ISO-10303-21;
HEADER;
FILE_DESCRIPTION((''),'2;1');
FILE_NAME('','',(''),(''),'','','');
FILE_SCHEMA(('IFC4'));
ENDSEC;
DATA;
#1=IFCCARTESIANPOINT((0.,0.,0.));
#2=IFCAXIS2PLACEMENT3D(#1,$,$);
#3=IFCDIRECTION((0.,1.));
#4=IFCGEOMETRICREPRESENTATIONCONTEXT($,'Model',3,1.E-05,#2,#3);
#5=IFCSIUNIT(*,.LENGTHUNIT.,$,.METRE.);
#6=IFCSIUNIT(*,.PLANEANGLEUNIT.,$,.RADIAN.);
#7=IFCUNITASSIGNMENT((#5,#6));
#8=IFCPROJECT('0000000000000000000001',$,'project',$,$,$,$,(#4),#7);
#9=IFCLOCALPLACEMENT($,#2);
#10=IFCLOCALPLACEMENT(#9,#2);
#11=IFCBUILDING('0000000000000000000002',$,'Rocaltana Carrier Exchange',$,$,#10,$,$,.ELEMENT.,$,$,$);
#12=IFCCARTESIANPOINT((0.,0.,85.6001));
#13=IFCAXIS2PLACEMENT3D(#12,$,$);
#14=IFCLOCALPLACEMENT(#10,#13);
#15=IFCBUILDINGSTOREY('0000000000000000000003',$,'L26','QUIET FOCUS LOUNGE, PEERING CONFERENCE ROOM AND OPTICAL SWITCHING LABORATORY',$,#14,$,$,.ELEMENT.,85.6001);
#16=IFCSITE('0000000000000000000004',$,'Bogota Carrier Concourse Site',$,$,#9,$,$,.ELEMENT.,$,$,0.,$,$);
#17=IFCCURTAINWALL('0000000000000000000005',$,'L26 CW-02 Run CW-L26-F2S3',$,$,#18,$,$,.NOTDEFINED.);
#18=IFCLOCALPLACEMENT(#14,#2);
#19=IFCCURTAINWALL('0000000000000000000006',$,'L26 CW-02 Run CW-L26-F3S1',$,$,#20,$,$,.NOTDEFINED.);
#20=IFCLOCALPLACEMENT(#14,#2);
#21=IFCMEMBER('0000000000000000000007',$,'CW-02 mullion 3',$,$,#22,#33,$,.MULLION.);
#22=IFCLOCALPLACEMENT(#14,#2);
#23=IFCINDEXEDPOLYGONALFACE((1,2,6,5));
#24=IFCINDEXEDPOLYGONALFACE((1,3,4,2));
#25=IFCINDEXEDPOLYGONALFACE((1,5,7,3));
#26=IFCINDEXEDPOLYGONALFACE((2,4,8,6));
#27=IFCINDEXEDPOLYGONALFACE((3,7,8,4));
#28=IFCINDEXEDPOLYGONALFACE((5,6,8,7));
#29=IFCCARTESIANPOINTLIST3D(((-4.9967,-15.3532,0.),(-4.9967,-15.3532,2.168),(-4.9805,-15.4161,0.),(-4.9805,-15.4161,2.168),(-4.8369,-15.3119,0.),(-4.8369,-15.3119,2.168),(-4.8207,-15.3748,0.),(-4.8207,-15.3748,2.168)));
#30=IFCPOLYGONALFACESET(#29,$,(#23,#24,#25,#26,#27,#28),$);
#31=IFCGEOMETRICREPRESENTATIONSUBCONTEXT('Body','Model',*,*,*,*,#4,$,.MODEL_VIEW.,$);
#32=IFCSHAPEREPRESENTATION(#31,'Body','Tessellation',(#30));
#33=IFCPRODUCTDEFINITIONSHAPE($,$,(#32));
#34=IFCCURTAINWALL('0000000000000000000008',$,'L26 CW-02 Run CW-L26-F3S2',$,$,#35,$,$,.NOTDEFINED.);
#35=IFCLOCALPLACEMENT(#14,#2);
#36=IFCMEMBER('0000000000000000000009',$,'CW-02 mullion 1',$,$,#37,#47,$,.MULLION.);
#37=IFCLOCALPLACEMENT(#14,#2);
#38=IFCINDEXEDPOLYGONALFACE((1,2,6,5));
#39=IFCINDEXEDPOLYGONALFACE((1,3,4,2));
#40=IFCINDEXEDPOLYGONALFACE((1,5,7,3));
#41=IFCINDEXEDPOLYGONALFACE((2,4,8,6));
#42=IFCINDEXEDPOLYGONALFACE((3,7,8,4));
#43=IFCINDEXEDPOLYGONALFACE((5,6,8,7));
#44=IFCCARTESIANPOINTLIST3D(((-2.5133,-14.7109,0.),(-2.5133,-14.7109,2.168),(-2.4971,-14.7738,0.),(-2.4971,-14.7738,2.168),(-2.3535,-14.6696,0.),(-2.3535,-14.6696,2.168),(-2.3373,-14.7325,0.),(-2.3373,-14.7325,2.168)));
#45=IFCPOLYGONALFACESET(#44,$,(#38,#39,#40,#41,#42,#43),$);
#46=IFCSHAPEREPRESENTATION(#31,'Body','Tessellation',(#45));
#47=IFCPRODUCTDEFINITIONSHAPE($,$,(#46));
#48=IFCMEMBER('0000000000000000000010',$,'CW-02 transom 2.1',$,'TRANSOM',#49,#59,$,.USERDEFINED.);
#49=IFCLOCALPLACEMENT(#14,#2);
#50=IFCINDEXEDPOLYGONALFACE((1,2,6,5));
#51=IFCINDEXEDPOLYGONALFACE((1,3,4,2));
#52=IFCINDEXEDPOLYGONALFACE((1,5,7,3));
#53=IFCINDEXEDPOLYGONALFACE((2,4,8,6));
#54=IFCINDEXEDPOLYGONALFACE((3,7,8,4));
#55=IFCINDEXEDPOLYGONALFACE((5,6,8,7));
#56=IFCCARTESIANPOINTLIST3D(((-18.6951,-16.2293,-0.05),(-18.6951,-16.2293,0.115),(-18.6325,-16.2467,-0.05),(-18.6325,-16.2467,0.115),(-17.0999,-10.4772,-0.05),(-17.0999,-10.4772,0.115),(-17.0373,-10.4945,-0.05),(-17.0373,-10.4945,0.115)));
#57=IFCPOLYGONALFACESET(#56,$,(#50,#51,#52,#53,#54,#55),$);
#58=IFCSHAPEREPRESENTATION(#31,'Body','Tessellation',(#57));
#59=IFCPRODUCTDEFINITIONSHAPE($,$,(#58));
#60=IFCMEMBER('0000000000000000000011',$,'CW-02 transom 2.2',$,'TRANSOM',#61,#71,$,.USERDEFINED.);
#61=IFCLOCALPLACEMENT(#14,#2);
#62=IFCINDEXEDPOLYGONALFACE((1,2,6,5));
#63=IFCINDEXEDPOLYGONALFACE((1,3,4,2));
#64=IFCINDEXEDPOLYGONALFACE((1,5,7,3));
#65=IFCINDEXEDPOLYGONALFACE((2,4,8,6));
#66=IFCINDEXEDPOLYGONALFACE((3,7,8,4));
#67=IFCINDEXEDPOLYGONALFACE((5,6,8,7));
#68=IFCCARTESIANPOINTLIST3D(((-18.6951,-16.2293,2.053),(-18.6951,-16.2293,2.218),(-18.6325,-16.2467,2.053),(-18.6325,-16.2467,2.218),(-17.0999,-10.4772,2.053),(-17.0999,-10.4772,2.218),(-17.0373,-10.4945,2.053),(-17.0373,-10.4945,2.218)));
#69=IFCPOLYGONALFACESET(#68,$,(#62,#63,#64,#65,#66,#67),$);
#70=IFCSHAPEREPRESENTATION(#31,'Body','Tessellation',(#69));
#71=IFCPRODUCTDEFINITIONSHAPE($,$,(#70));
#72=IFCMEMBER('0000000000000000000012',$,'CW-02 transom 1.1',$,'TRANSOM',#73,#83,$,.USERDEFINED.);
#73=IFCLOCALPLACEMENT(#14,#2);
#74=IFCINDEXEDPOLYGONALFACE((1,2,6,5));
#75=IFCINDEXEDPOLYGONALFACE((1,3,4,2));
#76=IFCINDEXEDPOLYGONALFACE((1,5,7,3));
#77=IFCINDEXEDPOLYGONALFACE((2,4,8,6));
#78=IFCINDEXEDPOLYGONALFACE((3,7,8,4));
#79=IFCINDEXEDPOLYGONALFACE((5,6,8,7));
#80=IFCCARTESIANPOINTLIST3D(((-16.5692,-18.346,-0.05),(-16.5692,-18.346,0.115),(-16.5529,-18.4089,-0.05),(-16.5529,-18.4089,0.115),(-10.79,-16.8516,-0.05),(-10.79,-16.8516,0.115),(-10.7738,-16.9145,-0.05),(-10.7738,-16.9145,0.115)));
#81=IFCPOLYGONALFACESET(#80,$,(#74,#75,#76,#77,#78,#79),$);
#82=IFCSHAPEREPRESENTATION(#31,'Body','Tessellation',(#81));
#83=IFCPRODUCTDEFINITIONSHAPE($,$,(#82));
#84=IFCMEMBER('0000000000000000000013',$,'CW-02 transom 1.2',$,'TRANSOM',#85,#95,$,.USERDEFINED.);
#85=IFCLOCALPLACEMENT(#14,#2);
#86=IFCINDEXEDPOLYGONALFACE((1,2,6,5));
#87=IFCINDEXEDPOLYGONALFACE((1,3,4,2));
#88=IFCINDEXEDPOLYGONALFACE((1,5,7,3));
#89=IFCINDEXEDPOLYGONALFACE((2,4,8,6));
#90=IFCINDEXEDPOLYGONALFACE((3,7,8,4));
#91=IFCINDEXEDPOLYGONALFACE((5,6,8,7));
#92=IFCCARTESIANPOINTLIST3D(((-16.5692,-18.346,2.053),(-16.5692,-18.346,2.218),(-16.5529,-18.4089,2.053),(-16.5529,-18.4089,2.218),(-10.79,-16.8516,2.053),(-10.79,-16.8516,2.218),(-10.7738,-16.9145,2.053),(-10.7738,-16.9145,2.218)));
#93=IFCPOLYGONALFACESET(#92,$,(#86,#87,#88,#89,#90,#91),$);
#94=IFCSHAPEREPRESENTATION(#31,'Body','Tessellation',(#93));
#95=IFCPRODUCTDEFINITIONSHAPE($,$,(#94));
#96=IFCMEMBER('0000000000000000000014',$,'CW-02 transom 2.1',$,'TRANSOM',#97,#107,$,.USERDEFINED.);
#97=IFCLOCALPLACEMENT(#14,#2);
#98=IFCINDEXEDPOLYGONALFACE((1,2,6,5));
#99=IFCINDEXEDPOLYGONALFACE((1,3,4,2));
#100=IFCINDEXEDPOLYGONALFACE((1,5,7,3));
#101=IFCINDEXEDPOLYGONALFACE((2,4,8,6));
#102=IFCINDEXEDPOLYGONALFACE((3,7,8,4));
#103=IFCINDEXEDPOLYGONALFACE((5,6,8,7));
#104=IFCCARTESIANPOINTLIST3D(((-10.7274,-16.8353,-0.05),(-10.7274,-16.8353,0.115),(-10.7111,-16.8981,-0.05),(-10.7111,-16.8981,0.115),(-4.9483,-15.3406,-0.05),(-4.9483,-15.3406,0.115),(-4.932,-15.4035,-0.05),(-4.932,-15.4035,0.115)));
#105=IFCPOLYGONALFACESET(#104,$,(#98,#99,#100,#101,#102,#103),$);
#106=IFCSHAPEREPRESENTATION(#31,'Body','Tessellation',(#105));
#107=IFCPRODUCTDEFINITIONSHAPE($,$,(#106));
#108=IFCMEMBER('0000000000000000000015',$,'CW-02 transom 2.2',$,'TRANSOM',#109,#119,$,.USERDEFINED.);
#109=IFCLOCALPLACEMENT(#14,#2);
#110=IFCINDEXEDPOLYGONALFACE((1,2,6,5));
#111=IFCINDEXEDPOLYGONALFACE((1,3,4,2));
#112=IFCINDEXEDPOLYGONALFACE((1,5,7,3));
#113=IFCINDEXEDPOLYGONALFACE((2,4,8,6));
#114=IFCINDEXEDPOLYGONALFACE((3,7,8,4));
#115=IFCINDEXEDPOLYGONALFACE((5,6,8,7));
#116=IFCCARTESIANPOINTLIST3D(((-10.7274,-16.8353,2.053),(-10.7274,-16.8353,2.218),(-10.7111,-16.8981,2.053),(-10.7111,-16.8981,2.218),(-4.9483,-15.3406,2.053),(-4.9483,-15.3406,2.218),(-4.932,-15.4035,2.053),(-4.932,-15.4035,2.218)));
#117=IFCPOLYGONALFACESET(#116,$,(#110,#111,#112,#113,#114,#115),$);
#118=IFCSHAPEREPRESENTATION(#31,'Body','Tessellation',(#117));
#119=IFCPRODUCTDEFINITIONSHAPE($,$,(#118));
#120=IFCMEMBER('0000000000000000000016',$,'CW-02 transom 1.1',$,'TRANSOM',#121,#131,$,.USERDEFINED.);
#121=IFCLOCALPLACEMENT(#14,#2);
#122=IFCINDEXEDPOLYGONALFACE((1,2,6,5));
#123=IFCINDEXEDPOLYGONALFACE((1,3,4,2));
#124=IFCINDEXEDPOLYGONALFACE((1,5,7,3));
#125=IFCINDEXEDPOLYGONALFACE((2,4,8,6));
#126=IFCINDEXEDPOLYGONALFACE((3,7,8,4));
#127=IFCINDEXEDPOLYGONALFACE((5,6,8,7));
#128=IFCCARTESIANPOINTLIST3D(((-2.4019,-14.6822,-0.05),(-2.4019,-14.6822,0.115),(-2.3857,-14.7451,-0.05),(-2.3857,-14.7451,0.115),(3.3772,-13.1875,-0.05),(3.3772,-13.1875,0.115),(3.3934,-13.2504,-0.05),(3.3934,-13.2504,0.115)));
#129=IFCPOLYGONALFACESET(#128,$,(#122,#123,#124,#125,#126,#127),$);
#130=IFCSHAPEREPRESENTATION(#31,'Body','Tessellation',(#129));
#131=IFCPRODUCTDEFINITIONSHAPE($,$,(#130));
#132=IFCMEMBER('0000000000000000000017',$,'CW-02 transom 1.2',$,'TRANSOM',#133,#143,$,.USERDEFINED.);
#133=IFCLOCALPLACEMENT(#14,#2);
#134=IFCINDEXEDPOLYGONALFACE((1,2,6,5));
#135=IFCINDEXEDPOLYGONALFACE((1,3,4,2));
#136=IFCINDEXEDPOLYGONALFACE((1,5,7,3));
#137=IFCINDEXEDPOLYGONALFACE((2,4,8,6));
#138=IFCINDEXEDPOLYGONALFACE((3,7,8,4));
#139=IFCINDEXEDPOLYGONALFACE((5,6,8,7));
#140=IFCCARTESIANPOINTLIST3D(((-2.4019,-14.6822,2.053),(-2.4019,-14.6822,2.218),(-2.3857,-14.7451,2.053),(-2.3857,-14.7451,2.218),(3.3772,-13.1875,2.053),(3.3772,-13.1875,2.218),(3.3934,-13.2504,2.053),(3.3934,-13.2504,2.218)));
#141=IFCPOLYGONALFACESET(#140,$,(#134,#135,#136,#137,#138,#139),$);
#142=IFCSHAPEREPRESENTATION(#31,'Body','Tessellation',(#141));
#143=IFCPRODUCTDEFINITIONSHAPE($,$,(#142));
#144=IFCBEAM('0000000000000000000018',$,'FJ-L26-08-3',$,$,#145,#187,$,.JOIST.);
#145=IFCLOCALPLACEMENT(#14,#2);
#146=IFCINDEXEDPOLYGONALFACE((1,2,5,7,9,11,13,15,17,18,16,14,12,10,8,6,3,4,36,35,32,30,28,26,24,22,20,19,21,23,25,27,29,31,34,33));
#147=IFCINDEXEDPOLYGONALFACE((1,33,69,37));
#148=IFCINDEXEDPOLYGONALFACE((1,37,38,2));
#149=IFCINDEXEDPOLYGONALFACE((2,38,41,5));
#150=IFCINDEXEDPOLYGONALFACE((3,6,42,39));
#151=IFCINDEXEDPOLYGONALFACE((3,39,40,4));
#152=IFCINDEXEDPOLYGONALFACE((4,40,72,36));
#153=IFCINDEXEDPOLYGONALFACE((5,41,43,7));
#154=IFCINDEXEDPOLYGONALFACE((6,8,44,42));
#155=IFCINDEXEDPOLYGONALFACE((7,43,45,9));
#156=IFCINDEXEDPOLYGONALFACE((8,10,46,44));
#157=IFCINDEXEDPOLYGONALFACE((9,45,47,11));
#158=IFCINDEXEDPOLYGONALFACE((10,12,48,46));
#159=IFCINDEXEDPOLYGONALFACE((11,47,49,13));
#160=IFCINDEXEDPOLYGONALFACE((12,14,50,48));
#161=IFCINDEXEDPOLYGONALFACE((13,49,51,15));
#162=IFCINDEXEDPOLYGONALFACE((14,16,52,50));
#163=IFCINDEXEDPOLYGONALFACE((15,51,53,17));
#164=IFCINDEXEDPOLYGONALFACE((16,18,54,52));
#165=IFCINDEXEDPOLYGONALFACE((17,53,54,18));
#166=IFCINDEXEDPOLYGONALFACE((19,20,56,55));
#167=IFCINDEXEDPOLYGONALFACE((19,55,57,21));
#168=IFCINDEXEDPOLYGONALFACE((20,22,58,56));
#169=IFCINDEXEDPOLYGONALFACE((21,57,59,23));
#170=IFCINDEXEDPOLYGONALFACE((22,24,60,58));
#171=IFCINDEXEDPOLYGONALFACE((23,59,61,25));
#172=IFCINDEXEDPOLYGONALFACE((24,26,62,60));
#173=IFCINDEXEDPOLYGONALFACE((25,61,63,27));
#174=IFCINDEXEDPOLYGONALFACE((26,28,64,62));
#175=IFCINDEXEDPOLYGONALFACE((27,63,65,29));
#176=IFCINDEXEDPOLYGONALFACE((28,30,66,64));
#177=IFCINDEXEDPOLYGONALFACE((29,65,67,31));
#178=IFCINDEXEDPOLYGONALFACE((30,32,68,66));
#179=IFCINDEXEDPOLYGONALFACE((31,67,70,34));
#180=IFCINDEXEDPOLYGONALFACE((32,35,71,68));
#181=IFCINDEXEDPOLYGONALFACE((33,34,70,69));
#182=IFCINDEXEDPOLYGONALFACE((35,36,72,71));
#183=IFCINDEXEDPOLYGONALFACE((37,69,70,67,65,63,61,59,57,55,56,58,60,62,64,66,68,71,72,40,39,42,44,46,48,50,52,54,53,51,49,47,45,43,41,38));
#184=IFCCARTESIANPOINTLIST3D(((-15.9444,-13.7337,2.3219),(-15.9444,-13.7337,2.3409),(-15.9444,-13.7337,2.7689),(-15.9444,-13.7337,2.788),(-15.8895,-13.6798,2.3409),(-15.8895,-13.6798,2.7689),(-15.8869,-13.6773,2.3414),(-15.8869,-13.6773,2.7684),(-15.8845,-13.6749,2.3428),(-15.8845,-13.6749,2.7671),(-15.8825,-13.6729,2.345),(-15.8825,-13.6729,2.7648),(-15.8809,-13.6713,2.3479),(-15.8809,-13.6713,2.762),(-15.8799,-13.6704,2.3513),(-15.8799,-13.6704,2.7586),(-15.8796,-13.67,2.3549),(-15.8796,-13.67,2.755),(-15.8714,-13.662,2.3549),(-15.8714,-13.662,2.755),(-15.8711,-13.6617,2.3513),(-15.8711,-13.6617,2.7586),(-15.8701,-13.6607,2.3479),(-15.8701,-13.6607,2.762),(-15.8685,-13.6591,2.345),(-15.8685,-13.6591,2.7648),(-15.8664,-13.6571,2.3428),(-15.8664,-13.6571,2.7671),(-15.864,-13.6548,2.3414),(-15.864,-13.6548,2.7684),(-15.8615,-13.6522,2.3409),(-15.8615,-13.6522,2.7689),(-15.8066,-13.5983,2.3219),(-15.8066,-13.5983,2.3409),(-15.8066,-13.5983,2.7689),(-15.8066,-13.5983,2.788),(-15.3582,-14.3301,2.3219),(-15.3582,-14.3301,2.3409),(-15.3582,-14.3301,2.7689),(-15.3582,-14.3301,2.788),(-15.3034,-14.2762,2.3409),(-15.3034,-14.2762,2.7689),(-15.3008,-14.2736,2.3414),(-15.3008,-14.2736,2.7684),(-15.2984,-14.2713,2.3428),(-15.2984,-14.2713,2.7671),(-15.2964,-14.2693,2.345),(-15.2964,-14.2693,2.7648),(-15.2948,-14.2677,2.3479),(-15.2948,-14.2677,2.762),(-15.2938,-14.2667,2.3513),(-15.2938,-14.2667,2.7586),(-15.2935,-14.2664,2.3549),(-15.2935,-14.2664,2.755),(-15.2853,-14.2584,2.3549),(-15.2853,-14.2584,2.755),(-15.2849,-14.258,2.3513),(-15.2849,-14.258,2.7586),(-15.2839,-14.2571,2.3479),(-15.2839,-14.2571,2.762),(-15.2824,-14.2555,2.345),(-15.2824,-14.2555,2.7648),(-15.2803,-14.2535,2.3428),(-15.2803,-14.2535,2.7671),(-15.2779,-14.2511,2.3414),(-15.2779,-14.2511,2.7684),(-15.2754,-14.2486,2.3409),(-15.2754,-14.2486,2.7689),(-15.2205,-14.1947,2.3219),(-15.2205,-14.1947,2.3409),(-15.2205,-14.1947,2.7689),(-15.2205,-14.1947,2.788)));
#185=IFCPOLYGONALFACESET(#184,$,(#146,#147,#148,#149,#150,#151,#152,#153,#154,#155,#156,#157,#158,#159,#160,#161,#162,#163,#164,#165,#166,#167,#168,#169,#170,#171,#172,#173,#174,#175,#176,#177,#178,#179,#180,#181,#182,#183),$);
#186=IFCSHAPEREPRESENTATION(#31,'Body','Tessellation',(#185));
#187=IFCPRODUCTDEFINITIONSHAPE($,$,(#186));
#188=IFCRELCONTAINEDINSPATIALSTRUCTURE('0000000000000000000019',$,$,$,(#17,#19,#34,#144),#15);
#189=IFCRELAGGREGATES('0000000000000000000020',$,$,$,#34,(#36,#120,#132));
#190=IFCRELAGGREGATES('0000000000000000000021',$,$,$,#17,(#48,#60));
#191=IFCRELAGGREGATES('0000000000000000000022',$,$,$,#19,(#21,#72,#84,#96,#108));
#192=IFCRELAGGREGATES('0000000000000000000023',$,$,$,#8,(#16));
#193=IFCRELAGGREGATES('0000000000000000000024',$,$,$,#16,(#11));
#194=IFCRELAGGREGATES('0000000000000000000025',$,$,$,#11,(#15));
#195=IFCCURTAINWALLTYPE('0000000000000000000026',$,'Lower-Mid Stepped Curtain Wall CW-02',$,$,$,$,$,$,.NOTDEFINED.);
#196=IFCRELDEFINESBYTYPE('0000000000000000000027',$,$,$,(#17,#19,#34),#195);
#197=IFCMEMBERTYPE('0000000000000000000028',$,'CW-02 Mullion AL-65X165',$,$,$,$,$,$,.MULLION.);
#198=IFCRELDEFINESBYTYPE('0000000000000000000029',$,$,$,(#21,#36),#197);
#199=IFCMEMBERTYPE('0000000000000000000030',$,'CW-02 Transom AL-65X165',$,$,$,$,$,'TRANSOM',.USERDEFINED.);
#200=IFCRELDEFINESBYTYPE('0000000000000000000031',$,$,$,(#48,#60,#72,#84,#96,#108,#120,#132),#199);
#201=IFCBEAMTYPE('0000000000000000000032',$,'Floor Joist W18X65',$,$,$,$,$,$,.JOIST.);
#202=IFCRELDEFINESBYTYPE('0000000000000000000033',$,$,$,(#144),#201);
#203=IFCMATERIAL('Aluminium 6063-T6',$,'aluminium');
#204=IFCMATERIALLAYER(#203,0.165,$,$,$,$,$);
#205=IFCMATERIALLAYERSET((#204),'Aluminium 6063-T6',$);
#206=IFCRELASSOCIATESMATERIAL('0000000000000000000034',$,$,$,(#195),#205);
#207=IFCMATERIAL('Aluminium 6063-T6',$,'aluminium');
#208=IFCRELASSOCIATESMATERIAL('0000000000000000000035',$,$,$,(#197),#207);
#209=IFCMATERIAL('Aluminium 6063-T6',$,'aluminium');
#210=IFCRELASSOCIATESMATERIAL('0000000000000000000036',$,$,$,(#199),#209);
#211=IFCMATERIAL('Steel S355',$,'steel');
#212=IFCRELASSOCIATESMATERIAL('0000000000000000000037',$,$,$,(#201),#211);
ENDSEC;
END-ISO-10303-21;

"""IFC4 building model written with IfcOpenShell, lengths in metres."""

from ifc_helpers import new_model, si_unit, direction, frame, origin, origin_2d, place, context, subcontext, project, spatial, rectangle, i_section, extrude, material, layer, layer_set, material_profile, profile_set, type_object, element, aggregate, save


model = new_model("IFC4")

# Units and contexts
model_context = context("Model", 3, precision=1e-05, world=origin(), true_north=direction((0.0, 1.0)))
body_context = subcontext(model_context, "Body", "Model", "MODEL_VIEW")
ifc_project = project(units=[si_unit("LENGTHUNIT", "METRE"), si_unit("PLANEANGLEUNIT", "RADIAN")], contexts=[model_context])

# Site, building, storey
site_placement = place(None, origin())
site = spatial("IfcSite", under=ifc_project, at=site_placement, Name="Bogota Carrier Concourse Site", CompositionType="ELEMENT", RefElevation=0.0)
building_placement = place(site_placement, origin())
building = spatial("IfcBuilding", under=site, at=building_placement, Name="Rocaltana Carrier Exchange", CompositionType="ELEMENT")
storey_placement = place(building_placement, frame((0.0, 0.0, 85.6001)))
storey = spatial("IfcBuildingStorey", under=building, at=storey_placement, Name="L26", Description="QUIET FOCUS LOUNGE, PEERING CONFERENCE ROOM AND OPTICAL SWITCHING LABORATORY", CompositionType="ELEMENT", Elevation=85.6001)

# Curtain walls, member
ifc_material_1 = material(Name="Aluminium 6063-T6", Category="aluminium")
ifc_layer_1 = layer(ifc_material_1, 0.165)
ifc_layer_set_1 = layer_set([ifc_layer_1], Name="Aluminium 6063-T6")
curtain_wall_type = type_object("IfcCurtainWallType", Name="Lower-Mid Stepped Curtain Wall CW-02", PredefinedType="NOTDEFINED", material=ifc_layer_set_1)
curtain_wall_1_placement = place(storey_placement, origin())
curtain_wall_1 = element("IfcCurtainWall", 1, at=curtain_wall_1_placement, inside=storey, type_object=curtain_wall_type, Name="L26 CW-02 Run CW-L26-F2S3", PredefinedType="NOTDEFINED")
ifc_material_2 = material(Name="Aluminium 6063-T6", Category="aluminium")
ifc_material_profile_1 = material_profile(ifc_material_2, rectangle(XDim=0.0649, YDim=0.165, at=origin_2d()), Name="AL-65X165")
ifc_profile_set_1 = profile_set([ifc_material_profile_1], Name="Aluminium 6063-T6")
member_type_1 = type_object("IfcMemberType", Name="CW-02 Mullion AL-65X165", PredefinedType="MULLION", material=ifc_profile_set_1)
curtain_wall_2_placement = place(storey_placement, origin())
curtain_wall_2 = element("IfcCurtainWall", 2, at=curtain_wall_2_placement, inside=storey, type_object=curtain_wall_type, Name="L26 CW-02 Run CW-L26-F3S1", PredefinedType="NOTDEFINED")
member_1_placement = place(storey_placement, frame((-4.9087, -15.364, 0.0), z_axis=(0.0, 0.0, 1.0), x_axis=(-0.250378, 0.968148, 0.0)))
member_1 = element("IfcMember", 3, at=member_1_placement, type_object=member_type_1, Name="CW-02 mullion 3", PredefinedType="MULLION", context=body_context, shape_type="SweptSolid", body=[
    extrude(rectangle(XDim=0.0649, YDim=0.165, at=origin_2d()), origin(), (0.0, 0.0, 1.0), 2.168),
])

# Curtain wall, member
curtain_wall_3_placement = place(storey_placement, origin())
curtain_wall_3 = element("IfcCurtainWall", 4, at=curtain_wall_3_placement, inside=storey, type_object=curtain_wall_type, Name="L26 CW-02 Run CW-L26-F3S2", PredefinedType="NOTDEFINED")
member_2_placement = place(storey_placement, frame((-2.4253, -14.7217, 0.0), z_axis=(0.0, 0.0, 1.0), x_axis=(-0.250378, 0.968148, 0.0)))
member_2 = element("IfcMember", 5, at=member_2_placement, type_object=member_type_1, Name="CW-02 mullion 1", PredefinedType="MULLION", context=body_context, shape_type="SweptSolid", body=[
    extrude(rectangle(XDim=0.0649, YDim=0.165, at=origin_2d()), origin(), (0.0, 0.0, 1.0), 2.168),
])

# Members
ifc_material_3 = material(Name="Aluminium 6063-T6", Category="aluminium")
ifc_material_profile_2 = material_profile(ifc_material_3, rectangle(XDim=0.0649, YDim=0.165, at=origin_2d()), Name="AL-65X165")
ifc_profile_set_2 = profile_set([ifc_material_profile_2], Name="Aluminium 6063-T6")
member_type_2 = type_object("IfcMemberType", Name="CW-02 Transom AL-65X165", ElementType="TRANSOM", PredefinedType="USERDEFINED", material=ifc_profile_set_2)
member_3_placement = place(storey_placement, frame((-17.0686, -10.4858, 0.0325), z_axis=(-0.267237, -0.963631, 0.0), x_axis=(0.963631, -0.267237, 0.0)))
member_3 = element("IfcMember", 6, at=member_3_placement, type_object=member_type_2, Name="CW-02 transom 2.1", ObjectType="TRANSOM", PredefinedType="USERDEFINED", context=body_context, shape_type="SweptSolid", body=[
    extrude(rectangle(XDim=0.0649, YDim=0.165, at=origin_2d()), origin(), (0.0, 0.0, 1.0), 5.9692),
])
member_4_placement = place(storey_placement, frame((-17.0686, -10.4858, 2.1355), z_axis=(-0.267237, -0.963631, 0.0), x_axis=(0.963631, -0.267237, 0.0)))
member_4 = element("IfcMember", 7, at=member_4_placement, type_object=member_type_2, Name="CW-02 transom 2.2", ObjectType="TRANSOM", PredefinedType="USERDEFINED", context=body_context, shape_type="SweptSolid", body=[
    extrude(rectangle(XDim=0.0649, YDim=0.165, at=origin_2d()), origin(), (0.0, 0.0, 1.0), 5.9692),
])
member_5_placement = place(storey_placement, frame((-16.561, -18.3774, 0.0325), z_axis=(0.968155, 0.250352, 0.0), x_axis=(-0.250352, 0.968155, 0.0)))
member_5 = element("IfcMember", 8, at=member_5_placement, type_object=member_type_2, Name="CW-02 transom 1.1", ObjectType="TRANSOM", PredefinedType="USERDEFINED", context=body_context, shape_type="SweptSolid", body=[
    extrude(rectangle(XDim=0.0649, YDim=0.165, at=origin_2d()), origin(), (0.0, 0.0, 1.0), 5.9692),
])
member_6_placement = place(storey_placement, frame((-16.561, -18.3774, 2.1355), z_axis=(0.968155, 0.250352, 0.0), x_axis=(-0.250352, 0.968155, 0.0)))
member_6 = element("IfcMember", 9, at=member_6_placement, type_object=member_type_2, Name="CW-02 transom 1.2", ObjectType="TRANSOM", PredefinedType="USERDEFINED", context=body_context, shape_type="SweptSolid", body=[
    extrude(rectangle(XDim=0.0649, YDim=0.165, at=origin_2d()), origin(), (0.0, 0.0, 1.0), 5.9692),
])
member_7_placement = place(storey_placement, frame((-10.7192, -16.8667, 0.0325), z_axis=(0.968145, 0.25039, 0.0), x_axis=(-0.25039, 0.968145, 0.0)))
member_7 = element("IfcMember", 10, at=member_7_placement, type_object=member_type_2, Name="CW-02 transom 2.1", ObjectType="TRANSOM", PredefinedType="USERDEFINED", context=body_context, shape_type="SweptSolid", body=[
    extrude(rectangle(XDim=0.0649, YDim=0.165, at=origin_2d()), origin(), (0.0, 0.0, 1.0), 5.9692),
])
member_8_placement = place(storey_placement, frame((-10.7192, -16.8667, 2.1355), z_axis=(0.968145, 0.25039, 0.0), x_axis=(-0.25039, 0.968145, 0.0)))
member_8 = element("IfcMember", 11, at=member_8_placement, type_object=member_type_2, Name="CW-02 transom 2.2", ObjectType="TRANSOM", PredefinedType="USERDEFINED", context=body_context, shape_type="SweptSolid", body=[
    extrude(rectangle(XDim=0.0649, YDim=0.165, at=origin_2d()), origin(), (0.0, 0.0, 1.0), 5.9692),
])
member_9_placement = place(storey_placement, frame((-2.3938, -14.7136, 0.0325), z_axis=(0.968145, 0.25039, 0.0), x_axis=(-0.25039, 0.968145, 0.0)))
member_9 = element("IfcMember", 12, at=member_9_placement, type_object=member_type_2, Name="CW-02 transom 1.1", ObjectType="TRANSOM", PredefinedType="USERDEFINED", context=body_context, shape_type="SweptSolid", body=[
    extrude(rectangle(XDim=0.0649, YDim=0.165, at=origin_2d()), origin(), (0.0, 0.0, 1.0), 5.9692),
])
member_10_placement = place(storey_placement, frame((-2.3938, -14.7136, 2.1355), z_axis=(0.968145, 0.25039, 0.0), x_axis=(-0.25039, 0.968145, 0.0)))
member_10 = element("IfcMember", 13, at=member_10_placement, type_object=member_type_2, Name="CW-02 transom 1.2", ObjectType="TRANSOM", PredefinedType="USERDEFINED", context=body_context, shape_type="SweptSolid", body=[
    extrude(rectangle(XDim=0.0649, YDim=0.165, at=origin_2d()), origin(), (0.0, 0.0, 1.0), 5.9692),
])
aggregate(curtain_wall_3, [member_2, member_9, member_10])

# Beam
ifc_material_4 = material(Name="Steel S355", Category="steel")
ifc_material_profile_3 = material_profile(ifc_material_4, i_section(OverallWidth=0.1931, OverallDepth=0.4661, WebThickness=0.0115, FlangeThickness=0.019, FilletRadius=0.0139, at=origin_2d()), Name="W18X65")
ifc_profile_set_3 = profile_set([ifc_material_profile_3], Name="Steel S355")
beam_type_1 = type_object("IfcBeamType", Name="Floor Joist W18X65", PredefinedType="JOIST", material=ifc_profile_set_3)
beam_1_placement = place(storey_placement, frame((-15.8755, -13.666, 2.5549), z_axis=(0.700949, -0.713211, 0.0), x_axis=(0.713211, 0.700949, 0.0)))
element("IfcBeam", 14, at=beam_1_placement, inside=storey, type_object=beam_type_1, Name="FJ-L26-08-3", PredefinedType="JOIST", context=body_context, shape_type="SweptSolid", body=[
    extrude(i_section(OverallWidth=0.1931, OverallDepth=0.4661, WebThickness=0.0115, FlangeThickness=0.019, FilletRadius=0.0139, at=origin_2d()), origin(), (0.0, 0.0, 1.0), 0.8362),
])

aggregate(curtain_wall_1, [member_3, member_4])
aggregate(curtain_wall_2, [member_1, member_5, member_6, member_7, member_8])

save(model, "model.ifc")
